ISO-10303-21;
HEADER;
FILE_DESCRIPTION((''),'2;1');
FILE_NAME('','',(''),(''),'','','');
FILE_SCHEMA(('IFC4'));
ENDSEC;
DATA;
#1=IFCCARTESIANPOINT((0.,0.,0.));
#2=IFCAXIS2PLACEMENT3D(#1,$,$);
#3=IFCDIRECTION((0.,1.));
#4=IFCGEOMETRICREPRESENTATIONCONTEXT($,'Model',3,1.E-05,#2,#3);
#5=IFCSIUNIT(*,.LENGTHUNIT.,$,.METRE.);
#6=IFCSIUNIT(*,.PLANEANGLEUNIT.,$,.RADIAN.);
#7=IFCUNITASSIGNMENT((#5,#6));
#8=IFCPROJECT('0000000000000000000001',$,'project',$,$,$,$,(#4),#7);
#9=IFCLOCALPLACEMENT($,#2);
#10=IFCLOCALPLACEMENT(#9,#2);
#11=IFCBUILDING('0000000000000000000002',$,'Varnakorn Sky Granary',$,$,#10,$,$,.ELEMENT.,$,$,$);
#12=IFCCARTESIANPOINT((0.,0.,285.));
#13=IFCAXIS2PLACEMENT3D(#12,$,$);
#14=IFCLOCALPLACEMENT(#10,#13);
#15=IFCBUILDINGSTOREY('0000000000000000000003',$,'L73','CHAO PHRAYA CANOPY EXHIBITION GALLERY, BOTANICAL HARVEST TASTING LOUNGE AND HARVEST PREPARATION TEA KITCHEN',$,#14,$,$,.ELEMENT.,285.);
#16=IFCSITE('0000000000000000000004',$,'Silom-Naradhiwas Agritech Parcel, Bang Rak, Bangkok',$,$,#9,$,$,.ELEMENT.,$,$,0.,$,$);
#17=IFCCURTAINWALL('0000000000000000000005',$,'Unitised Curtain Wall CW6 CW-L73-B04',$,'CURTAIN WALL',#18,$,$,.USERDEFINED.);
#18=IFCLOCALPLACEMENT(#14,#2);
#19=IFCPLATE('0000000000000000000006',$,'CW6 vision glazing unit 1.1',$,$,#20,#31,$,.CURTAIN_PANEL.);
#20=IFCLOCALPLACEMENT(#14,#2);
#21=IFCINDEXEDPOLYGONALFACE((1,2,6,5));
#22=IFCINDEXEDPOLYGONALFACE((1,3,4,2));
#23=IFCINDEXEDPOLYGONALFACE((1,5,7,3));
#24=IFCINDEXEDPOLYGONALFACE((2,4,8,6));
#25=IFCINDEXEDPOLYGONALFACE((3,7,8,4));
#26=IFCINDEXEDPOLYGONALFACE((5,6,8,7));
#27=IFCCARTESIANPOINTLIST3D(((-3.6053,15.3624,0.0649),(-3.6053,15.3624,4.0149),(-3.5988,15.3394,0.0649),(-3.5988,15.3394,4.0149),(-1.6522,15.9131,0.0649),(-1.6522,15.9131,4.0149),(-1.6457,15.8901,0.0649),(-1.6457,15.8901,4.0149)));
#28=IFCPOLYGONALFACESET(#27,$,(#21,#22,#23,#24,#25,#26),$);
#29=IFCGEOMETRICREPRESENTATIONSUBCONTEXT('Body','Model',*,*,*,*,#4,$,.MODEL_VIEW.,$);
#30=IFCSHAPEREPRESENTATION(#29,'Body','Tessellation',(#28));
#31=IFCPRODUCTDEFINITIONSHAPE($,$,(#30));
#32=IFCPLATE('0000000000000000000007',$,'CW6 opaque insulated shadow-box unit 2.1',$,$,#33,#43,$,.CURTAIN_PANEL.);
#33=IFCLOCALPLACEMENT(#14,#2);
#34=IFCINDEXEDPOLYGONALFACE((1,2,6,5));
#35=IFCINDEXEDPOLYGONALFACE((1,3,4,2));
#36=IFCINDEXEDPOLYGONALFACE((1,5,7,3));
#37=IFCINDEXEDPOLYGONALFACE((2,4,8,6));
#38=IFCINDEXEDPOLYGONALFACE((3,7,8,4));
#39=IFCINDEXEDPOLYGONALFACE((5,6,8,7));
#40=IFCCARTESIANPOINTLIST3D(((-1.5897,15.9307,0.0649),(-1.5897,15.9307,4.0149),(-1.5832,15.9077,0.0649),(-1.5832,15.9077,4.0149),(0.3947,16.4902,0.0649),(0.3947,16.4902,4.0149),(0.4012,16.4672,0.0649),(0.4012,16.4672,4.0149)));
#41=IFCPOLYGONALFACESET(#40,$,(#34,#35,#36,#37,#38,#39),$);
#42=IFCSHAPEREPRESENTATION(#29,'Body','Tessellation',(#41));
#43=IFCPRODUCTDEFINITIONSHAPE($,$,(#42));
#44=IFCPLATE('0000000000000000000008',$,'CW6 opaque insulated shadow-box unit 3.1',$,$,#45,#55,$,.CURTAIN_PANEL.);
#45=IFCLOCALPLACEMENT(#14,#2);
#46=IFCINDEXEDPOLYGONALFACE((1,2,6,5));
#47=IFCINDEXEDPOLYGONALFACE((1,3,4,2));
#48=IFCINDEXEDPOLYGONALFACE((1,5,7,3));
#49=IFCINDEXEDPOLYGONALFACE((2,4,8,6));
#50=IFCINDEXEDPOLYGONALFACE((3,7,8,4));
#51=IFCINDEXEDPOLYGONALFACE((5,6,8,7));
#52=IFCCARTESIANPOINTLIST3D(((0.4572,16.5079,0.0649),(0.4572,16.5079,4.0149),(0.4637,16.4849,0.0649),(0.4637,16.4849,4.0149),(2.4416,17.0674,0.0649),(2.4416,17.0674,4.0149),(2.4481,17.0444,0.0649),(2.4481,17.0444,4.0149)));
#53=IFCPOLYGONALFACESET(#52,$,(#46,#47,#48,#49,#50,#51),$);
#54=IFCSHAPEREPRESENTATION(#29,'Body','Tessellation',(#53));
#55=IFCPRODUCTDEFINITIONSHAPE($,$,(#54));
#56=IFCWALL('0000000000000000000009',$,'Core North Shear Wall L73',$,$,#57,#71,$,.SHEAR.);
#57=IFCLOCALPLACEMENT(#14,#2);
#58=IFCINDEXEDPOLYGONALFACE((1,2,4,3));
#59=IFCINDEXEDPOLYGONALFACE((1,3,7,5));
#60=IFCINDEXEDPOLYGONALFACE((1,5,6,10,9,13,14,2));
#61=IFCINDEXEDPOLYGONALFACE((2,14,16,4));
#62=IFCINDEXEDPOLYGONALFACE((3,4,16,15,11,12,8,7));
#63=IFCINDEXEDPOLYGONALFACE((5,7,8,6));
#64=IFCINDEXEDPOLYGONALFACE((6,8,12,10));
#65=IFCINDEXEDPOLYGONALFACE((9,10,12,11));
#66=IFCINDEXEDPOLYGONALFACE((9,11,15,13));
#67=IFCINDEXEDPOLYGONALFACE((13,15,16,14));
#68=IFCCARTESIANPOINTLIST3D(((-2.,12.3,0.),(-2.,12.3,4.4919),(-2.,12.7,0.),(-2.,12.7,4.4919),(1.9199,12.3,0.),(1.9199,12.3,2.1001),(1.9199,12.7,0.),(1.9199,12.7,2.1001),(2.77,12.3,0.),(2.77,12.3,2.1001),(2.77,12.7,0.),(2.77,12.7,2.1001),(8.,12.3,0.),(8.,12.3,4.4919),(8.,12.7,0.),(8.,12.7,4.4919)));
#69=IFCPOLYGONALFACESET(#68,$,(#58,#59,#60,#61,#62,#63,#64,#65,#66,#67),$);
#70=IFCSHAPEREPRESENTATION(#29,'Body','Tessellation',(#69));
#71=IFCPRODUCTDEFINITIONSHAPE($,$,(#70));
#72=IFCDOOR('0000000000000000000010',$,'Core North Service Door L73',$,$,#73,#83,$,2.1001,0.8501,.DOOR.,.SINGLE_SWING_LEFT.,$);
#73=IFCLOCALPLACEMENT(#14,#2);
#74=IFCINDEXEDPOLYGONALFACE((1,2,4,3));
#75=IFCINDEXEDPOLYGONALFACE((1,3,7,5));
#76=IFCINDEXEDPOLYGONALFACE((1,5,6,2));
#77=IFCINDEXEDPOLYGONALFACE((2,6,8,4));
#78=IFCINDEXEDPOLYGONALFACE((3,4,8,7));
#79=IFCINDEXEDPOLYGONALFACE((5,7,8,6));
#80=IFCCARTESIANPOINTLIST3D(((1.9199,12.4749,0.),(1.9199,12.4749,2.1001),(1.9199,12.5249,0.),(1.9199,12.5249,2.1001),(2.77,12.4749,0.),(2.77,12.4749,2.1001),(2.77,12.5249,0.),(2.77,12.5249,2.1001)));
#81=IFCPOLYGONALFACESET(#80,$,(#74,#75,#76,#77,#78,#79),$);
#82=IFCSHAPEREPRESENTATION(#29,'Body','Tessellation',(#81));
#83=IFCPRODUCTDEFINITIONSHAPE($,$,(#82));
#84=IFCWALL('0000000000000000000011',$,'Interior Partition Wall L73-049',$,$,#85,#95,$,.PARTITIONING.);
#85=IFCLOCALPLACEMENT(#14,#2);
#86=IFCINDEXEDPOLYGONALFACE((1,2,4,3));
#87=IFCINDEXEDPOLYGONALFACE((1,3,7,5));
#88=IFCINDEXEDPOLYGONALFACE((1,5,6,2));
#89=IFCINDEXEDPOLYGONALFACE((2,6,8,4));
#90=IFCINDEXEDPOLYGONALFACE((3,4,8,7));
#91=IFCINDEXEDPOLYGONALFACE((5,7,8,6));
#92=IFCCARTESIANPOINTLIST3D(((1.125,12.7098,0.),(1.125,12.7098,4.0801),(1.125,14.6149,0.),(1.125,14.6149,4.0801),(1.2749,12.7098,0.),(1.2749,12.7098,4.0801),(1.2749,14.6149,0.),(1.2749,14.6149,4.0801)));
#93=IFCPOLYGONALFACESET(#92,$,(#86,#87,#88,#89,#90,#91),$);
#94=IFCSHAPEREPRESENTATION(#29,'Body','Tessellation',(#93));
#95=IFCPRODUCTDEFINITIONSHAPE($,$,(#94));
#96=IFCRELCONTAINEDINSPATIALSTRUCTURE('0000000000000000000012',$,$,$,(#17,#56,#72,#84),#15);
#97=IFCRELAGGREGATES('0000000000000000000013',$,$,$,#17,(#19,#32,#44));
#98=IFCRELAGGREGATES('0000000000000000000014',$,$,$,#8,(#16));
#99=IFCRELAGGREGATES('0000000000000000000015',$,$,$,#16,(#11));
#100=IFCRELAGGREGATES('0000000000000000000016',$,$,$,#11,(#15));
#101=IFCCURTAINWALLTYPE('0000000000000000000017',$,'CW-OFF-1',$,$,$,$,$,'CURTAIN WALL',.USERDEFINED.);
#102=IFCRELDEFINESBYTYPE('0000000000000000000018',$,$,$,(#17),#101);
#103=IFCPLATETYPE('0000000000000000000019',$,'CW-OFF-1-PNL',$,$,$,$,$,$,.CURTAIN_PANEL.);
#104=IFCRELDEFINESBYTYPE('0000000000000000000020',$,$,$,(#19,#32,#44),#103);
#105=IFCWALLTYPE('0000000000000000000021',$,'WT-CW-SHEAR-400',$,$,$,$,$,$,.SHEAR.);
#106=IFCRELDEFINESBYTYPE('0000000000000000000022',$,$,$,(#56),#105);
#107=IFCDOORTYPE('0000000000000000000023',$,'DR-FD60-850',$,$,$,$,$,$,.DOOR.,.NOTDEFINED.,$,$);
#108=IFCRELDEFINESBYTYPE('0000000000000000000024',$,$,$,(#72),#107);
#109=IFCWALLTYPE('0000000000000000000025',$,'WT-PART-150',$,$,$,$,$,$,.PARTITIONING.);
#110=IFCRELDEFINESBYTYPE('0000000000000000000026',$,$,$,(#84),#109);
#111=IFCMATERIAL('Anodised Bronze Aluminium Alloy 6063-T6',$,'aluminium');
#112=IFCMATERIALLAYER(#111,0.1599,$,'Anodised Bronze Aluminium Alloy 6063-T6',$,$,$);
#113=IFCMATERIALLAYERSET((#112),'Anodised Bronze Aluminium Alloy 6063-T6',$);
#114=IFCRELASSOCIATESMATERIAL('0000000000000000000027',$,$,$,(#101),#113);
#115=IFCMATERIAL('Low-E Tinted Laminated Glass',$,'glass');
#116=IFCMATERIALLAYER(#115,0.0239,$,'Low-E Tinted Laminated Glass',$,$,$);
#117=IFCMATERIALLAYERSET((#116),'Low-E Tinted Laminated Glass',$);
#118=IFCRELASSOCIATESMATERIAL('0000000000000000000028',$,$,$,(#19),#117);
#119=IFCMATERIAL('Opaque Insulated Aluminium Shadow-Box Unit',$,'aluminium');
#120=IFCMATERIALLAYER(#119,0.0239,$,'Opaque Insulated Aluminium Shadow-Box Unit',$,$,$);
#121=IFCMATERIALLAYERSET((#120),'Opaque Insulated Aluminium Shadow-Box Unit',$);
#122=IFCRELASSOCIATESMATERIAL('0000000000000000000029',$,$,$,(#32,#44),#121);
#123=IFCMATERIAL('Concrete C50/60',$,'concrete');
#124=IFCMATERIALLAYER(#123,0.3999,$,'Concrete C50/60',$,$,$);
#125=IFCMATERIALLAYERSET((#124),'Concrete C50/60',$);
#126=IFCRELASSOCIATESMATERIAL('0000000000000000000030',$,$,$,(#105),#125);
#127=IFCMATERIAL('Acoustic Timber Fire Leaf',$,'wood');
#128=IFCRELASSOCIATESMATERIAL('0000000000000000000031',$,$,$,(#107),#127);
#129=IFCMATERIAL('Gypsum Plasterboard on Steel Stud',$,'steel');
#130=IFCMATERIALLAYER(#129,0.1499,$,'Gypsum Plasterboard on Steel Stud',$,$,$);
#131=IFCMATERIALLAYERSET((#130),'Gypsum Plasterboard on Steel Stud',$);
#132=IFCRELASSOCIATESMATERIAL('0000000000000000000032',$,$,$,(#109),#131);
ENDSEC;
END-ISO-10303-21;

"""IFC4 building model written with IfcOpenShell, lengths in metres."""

from ifc_helpers import new_model, si_unit, direction, frame, frame_2d, origin, origin_2d, place, context, subcontext, project, spatial, rectangle, extrude, source, transform, mapped, material, layer, layer_set, type_object, type_shapes, element, fill, aggregate, save


model = new_model("IFC4")

# Units and contexts
model_context = context("Model", 3, precision=1e-05, world=origin(), true_north=direction((0.0, 1.0)))
body_context = subcontext(model_context, "Body", "Model", "MODEL_VIEW")
ifc_project = project(units=[si_unit("LENGTHUNIT", "METRE"), si_unit("PLANEANGLEUNIT", "RADIAN")], contexts=[model_context])

# Site, building, storey
site_placement = place(None, origin())
site = spatial("IfcSite", under=ifc_project, at=site_placement, Name="Silom-Naradhiwas Agritech Parcel, Bang Rak, Bangkok", CompositionType="ELEMENT", RefElevation=0.0)
building_placement = place(site_placement, origin())
building = spatial("IfcBuilding", under=site, at=building_placement, Name="Varnakorn Sky Granary", CompositionType="ELEMENT")
storey_placement = place(building_placement, frame((0.0, 0.0, 285.0)))
storey = spatial("IfcBuildingStorey", under=building, at=storey_placement, Name="L73", Description="CHAO PHRAYA CANOPY EXHIBITION GALLERY, BOTANICAL HARVEST TASTING LOUNGE AND HARVEST PREPARATION TEA KITCHEN", CompositionType="ELEMENT", Elevation=285.0)

# Shared definitions
ifc_material_1 = material(Name="Concrete C50/60", Category="concrete")

# Curtain wall
ifc_material_2 = material(Name="Anodised Bronze Aluminium Alloy 6063-T6", Category="aluminium")
ifc_layer_1 = layer(ifc_material_2, 0.1599, Name="Anodised Bronze Aluminium Alloy 6063-T6")
ifc_layer_set_1 = layer_set([ifc_layer_1], Name="Anodised Bronze Aluminium Alloy 6063-T6")
curtain_wall_type = type_object("IfcCurtainWallType", Name="CW-OFF-1", ElementType="CURTAIN WALL", PredefinedType="USERDEFINED", material=ifc_layer_set_1)
curtain_wall_placement = place(storey_placement, origin())
curtain_wall = element("IfcCurtainWall", 1, at=curtain_wall_placement, inside=storey, type_object=curtain_wall_type, Name="Unitised Curtain Wall CW6 CW-L73-B04", ObjectType="CURTAIN WALL", PredefinedType="USERDEFINED")

# Plates
ifc_material_3 = material(Name="Low-E Tinted Laminated Glass", Category="glass")
ifc_layer_2 = layer(ifc_material_3, 0.0239, Name="Low-E Tinted Laminated Glass")
ifc_layer_set_2 = layer_set([ifc_layer_2], Name="Low-E Tinted Laminated Glass")
plate_type = type_object("IfcPlateType", Name="CW-OFF-1-PNL", PredefinedType="CURTAIN_PANEL")
shared_shape_1 = source(origin(), body_context, "Body", "SweptSolid", [
    extrude(rectangle(XDim=2.0293, YDim=0.0239, at=origin_2d()), origin(), (0.0, 0.0, 1.0), 3.95),
])
plate_1_placement = place(storey_placement, frame((-2.6255, 15.6262, 0.0649), z_axis=(0.0, 0.0, 1.0), x_axis=(0.962474, 0.271372, 0.0)))
plate_1 = element("IfcPlate", 2, at=plate_1_placement, type_object=plate_type, material=ifc_layer_set_2, Name="CW6 vision glazing unit 1.1", PredefinedType="CURTAIN_PANEL", context=body_context, shape_type="MappedRepresentation", body=[
    mapped(shared_shape_1, transform((0.0, 0.0, 0.0), x_axis=(1.0, 0.0, 0.0), y_axis=(0.0, 1.0, 0.0), z_axis=(0.0, 0.0, 1.0), scale=1.0)),
])
ifc_material_4 = material(Name="Opaque Insulated Aluminium Shadow-Box Unit", Category="aluminium")
ifc_layer_3 = layer(ifc_material_4, 0.0239, Name="Opaque Insulated Aluminium Shadow-Box Unit")
ifc_layer_set_3 = layer_set([ifc_layer_3], Name="Opaque Insulated Aluminium Shadow-Box Unit")
shared_shape_2 = source(origin(), body_context, "Body", "SweptSolid", [
    extrude(rectangle(XDim=2.0618, YDim=0.0239, at=origin_2d()), origin(), (0.0, 0.0, 1.0), 3.95),
])
type_shapes(plate_type, [shared_shape_1, shared_shape_2])
plate_2_placement = place(storey_placement, frame((-0.5942, 16.199, 0.0649), z_axis=(0.0, 0.0, 1.0), x_axis=(0.962474, 0.271372, 0.0)))
plate_2 = element("IfcPlate", 3, at=plate_2_placement, type_object=plate_type, material=ifc_layer_set_3, Name="CW6 opaque insulated shadow-box unit 2.1", PredefinedType="CURTAIN_PANEL", context=body_context, shape_type="MappedRepresentation", body=[
    mapped(shared_shape_2, transform((0.0, 0.0, 0.0), x_axis=(1.0, 0.0, 0.0), y_axis=(0.0, 1.0, 0.0), z_axis=(0.0, 0.0, 1.0), scale=1.0)),
])
plate_3_placement = place(storey_placement, frame((1.4526, 16.7761, 0.0649), z_axis=(0.0, 0.0, 1.0), x_axis=(0.962474, 0.271372, 0.0)))
plate_3 = element("IfcPlate", 4, at=plate_3_placement, type_object=plate_type, material=ifc_layer_set_3, Name="CW6 opaque insulated shadow-box unit 3.1", PredefinedType="CURTAIN_PANEL", context=body_context, shape_type="MappedRepresentation", body=[
    mapped(shared_shape_2, transform((0.0, 0.0, 0.0), x_axis=(1.0, 0.0, 0.0), y_axis=(0.0, 1.0, 0.0), z_axis=(0.0, 0.0, 1.0), scale=1.0)),
])
aggregate(curtain_wall, [plate_1, plate_2, plate_3])

# Wall, opening, door
ifc_layer_4 = layer(ifc_material_1, 0.3999, Name="Concrete C50/60")
ifc_layer_set_4 = layer_set([ifc_layer_4], Name="Concrete C50/60")
wall_type_1 = type_object("IfcWallType", Name="WT-CW-SHEAR-400", PredefinedType="SHEAR", material=ifc_layer_set_4)
wall_1_placement = place(storey_placement, frame((-2.0, 12.5, 0.0), z_axis=(0.0, 0.0, 1.0), x_axis=(1.0, 0.0, 0.0)))
wall_1 = element("IfcWall", 5, at=wall_1_placement, inside=storey, type_object=wall_type_1, Name="Core North Shear Wall L73", PredefinedType="SHEAR", context=body_context, shape_type="SweptSolid", body=[
    extrude(rectangle(XDim=10.0, YDim=0.3999, at=frame_2d((5.0, 0.0))), origin(), (0.0, 0.0, 1.0), 4.4919),
])
opening_placement = place(wall_1_placement, frame((3.9199, 0.0, 0.0)))
opening = element("IfcOpeningElement", 6, at=opening_placement, cuts=wall_1, PredefinedType="OPENING", context=body_context, shape_type="SweptSolid", body=[
    extrude(rectangle(XDim=0.8501, YDim=2.1001, at=frame_2d((0.425, 1.05))), frame((0.0, 0.21, 0.0), z_axis=(0.0, -1.0, 0.0), x_axis=(1.0, 0.0, 0.0)), (0.0, 0.0, 1.0), 0.4199),
])
ifc_material_5 = material(Name="Acoustic Timber Fire Leaf", Category="wood")
door_type = type_object("IfcDoorType", Name="DR-FD60-850", OperationType="NOTDEFINED", PredefinedType="DOOR", material=ifc_material_5)
door_placement = place(opening_placement, origin())
door = element("IfcDoor", 7, at=door_placement, inside=storey, type_object=door_type, Name="Core North Service Door L73", OperationType="SINGLE_SWING_LEFT", OverallHeight=2.1001, OverallWidth=0.8501, PredefinedType="DOOR", context=body_context, shape_type="SweptSolid", body=[
    extrude(rectangle(XDim=0.8501, YDim=2.1001, at=frame_2d((0.425, 1.05))), frame((0.0, 0.0249, 0.0), z_axis=(0.0, -1.0, 0.0), x_axis=(1.0, 0.0, 0.0)), (0.0, 0.0, 1.0), 0.05),
])
fill(opening, door)

# Wall
ifc_material_6 = material(Name="Gypsum Plasterboard on Steel Stud", Category="steel")
ifc_layer_5 = layer(ifc_material_6, 0.1499, Name="Gypsum Plasterboard on Steel Stud")
ifc_layer_set_5 = layer_set([ifc_layer_5], Name="Gypsum Plasterboard on Steel Stud")
wall_type_2 = type_object("IfcWallType", Name="WT-PART-150", PredefinedType="PARTITIONING", material=ifc_layer_set_5)
wall_2_placement = place(storey_placement, frame((1.2, 14.615, 0.0), z_axis=(0.0, 0.0, 1.0), x_axis=(0.0, -1.0, 0.0)))
element("IfcWall", 8, at=wall_2_placement, inside=storey, type_object=wall_type_2, Name="Interior Partition Wall L73-049", PredefinedType="PARTITIONING", context=body_context, shape_type="SweptSolid", body=[
    extrude(rectangle(XDim=1.905, YDim=0.1499, at=frame_2d((0.9526, 0.0))), origin(), (0.0, 0.0, 1.0), 4.0801),
])

save(model, "model.ifc")
